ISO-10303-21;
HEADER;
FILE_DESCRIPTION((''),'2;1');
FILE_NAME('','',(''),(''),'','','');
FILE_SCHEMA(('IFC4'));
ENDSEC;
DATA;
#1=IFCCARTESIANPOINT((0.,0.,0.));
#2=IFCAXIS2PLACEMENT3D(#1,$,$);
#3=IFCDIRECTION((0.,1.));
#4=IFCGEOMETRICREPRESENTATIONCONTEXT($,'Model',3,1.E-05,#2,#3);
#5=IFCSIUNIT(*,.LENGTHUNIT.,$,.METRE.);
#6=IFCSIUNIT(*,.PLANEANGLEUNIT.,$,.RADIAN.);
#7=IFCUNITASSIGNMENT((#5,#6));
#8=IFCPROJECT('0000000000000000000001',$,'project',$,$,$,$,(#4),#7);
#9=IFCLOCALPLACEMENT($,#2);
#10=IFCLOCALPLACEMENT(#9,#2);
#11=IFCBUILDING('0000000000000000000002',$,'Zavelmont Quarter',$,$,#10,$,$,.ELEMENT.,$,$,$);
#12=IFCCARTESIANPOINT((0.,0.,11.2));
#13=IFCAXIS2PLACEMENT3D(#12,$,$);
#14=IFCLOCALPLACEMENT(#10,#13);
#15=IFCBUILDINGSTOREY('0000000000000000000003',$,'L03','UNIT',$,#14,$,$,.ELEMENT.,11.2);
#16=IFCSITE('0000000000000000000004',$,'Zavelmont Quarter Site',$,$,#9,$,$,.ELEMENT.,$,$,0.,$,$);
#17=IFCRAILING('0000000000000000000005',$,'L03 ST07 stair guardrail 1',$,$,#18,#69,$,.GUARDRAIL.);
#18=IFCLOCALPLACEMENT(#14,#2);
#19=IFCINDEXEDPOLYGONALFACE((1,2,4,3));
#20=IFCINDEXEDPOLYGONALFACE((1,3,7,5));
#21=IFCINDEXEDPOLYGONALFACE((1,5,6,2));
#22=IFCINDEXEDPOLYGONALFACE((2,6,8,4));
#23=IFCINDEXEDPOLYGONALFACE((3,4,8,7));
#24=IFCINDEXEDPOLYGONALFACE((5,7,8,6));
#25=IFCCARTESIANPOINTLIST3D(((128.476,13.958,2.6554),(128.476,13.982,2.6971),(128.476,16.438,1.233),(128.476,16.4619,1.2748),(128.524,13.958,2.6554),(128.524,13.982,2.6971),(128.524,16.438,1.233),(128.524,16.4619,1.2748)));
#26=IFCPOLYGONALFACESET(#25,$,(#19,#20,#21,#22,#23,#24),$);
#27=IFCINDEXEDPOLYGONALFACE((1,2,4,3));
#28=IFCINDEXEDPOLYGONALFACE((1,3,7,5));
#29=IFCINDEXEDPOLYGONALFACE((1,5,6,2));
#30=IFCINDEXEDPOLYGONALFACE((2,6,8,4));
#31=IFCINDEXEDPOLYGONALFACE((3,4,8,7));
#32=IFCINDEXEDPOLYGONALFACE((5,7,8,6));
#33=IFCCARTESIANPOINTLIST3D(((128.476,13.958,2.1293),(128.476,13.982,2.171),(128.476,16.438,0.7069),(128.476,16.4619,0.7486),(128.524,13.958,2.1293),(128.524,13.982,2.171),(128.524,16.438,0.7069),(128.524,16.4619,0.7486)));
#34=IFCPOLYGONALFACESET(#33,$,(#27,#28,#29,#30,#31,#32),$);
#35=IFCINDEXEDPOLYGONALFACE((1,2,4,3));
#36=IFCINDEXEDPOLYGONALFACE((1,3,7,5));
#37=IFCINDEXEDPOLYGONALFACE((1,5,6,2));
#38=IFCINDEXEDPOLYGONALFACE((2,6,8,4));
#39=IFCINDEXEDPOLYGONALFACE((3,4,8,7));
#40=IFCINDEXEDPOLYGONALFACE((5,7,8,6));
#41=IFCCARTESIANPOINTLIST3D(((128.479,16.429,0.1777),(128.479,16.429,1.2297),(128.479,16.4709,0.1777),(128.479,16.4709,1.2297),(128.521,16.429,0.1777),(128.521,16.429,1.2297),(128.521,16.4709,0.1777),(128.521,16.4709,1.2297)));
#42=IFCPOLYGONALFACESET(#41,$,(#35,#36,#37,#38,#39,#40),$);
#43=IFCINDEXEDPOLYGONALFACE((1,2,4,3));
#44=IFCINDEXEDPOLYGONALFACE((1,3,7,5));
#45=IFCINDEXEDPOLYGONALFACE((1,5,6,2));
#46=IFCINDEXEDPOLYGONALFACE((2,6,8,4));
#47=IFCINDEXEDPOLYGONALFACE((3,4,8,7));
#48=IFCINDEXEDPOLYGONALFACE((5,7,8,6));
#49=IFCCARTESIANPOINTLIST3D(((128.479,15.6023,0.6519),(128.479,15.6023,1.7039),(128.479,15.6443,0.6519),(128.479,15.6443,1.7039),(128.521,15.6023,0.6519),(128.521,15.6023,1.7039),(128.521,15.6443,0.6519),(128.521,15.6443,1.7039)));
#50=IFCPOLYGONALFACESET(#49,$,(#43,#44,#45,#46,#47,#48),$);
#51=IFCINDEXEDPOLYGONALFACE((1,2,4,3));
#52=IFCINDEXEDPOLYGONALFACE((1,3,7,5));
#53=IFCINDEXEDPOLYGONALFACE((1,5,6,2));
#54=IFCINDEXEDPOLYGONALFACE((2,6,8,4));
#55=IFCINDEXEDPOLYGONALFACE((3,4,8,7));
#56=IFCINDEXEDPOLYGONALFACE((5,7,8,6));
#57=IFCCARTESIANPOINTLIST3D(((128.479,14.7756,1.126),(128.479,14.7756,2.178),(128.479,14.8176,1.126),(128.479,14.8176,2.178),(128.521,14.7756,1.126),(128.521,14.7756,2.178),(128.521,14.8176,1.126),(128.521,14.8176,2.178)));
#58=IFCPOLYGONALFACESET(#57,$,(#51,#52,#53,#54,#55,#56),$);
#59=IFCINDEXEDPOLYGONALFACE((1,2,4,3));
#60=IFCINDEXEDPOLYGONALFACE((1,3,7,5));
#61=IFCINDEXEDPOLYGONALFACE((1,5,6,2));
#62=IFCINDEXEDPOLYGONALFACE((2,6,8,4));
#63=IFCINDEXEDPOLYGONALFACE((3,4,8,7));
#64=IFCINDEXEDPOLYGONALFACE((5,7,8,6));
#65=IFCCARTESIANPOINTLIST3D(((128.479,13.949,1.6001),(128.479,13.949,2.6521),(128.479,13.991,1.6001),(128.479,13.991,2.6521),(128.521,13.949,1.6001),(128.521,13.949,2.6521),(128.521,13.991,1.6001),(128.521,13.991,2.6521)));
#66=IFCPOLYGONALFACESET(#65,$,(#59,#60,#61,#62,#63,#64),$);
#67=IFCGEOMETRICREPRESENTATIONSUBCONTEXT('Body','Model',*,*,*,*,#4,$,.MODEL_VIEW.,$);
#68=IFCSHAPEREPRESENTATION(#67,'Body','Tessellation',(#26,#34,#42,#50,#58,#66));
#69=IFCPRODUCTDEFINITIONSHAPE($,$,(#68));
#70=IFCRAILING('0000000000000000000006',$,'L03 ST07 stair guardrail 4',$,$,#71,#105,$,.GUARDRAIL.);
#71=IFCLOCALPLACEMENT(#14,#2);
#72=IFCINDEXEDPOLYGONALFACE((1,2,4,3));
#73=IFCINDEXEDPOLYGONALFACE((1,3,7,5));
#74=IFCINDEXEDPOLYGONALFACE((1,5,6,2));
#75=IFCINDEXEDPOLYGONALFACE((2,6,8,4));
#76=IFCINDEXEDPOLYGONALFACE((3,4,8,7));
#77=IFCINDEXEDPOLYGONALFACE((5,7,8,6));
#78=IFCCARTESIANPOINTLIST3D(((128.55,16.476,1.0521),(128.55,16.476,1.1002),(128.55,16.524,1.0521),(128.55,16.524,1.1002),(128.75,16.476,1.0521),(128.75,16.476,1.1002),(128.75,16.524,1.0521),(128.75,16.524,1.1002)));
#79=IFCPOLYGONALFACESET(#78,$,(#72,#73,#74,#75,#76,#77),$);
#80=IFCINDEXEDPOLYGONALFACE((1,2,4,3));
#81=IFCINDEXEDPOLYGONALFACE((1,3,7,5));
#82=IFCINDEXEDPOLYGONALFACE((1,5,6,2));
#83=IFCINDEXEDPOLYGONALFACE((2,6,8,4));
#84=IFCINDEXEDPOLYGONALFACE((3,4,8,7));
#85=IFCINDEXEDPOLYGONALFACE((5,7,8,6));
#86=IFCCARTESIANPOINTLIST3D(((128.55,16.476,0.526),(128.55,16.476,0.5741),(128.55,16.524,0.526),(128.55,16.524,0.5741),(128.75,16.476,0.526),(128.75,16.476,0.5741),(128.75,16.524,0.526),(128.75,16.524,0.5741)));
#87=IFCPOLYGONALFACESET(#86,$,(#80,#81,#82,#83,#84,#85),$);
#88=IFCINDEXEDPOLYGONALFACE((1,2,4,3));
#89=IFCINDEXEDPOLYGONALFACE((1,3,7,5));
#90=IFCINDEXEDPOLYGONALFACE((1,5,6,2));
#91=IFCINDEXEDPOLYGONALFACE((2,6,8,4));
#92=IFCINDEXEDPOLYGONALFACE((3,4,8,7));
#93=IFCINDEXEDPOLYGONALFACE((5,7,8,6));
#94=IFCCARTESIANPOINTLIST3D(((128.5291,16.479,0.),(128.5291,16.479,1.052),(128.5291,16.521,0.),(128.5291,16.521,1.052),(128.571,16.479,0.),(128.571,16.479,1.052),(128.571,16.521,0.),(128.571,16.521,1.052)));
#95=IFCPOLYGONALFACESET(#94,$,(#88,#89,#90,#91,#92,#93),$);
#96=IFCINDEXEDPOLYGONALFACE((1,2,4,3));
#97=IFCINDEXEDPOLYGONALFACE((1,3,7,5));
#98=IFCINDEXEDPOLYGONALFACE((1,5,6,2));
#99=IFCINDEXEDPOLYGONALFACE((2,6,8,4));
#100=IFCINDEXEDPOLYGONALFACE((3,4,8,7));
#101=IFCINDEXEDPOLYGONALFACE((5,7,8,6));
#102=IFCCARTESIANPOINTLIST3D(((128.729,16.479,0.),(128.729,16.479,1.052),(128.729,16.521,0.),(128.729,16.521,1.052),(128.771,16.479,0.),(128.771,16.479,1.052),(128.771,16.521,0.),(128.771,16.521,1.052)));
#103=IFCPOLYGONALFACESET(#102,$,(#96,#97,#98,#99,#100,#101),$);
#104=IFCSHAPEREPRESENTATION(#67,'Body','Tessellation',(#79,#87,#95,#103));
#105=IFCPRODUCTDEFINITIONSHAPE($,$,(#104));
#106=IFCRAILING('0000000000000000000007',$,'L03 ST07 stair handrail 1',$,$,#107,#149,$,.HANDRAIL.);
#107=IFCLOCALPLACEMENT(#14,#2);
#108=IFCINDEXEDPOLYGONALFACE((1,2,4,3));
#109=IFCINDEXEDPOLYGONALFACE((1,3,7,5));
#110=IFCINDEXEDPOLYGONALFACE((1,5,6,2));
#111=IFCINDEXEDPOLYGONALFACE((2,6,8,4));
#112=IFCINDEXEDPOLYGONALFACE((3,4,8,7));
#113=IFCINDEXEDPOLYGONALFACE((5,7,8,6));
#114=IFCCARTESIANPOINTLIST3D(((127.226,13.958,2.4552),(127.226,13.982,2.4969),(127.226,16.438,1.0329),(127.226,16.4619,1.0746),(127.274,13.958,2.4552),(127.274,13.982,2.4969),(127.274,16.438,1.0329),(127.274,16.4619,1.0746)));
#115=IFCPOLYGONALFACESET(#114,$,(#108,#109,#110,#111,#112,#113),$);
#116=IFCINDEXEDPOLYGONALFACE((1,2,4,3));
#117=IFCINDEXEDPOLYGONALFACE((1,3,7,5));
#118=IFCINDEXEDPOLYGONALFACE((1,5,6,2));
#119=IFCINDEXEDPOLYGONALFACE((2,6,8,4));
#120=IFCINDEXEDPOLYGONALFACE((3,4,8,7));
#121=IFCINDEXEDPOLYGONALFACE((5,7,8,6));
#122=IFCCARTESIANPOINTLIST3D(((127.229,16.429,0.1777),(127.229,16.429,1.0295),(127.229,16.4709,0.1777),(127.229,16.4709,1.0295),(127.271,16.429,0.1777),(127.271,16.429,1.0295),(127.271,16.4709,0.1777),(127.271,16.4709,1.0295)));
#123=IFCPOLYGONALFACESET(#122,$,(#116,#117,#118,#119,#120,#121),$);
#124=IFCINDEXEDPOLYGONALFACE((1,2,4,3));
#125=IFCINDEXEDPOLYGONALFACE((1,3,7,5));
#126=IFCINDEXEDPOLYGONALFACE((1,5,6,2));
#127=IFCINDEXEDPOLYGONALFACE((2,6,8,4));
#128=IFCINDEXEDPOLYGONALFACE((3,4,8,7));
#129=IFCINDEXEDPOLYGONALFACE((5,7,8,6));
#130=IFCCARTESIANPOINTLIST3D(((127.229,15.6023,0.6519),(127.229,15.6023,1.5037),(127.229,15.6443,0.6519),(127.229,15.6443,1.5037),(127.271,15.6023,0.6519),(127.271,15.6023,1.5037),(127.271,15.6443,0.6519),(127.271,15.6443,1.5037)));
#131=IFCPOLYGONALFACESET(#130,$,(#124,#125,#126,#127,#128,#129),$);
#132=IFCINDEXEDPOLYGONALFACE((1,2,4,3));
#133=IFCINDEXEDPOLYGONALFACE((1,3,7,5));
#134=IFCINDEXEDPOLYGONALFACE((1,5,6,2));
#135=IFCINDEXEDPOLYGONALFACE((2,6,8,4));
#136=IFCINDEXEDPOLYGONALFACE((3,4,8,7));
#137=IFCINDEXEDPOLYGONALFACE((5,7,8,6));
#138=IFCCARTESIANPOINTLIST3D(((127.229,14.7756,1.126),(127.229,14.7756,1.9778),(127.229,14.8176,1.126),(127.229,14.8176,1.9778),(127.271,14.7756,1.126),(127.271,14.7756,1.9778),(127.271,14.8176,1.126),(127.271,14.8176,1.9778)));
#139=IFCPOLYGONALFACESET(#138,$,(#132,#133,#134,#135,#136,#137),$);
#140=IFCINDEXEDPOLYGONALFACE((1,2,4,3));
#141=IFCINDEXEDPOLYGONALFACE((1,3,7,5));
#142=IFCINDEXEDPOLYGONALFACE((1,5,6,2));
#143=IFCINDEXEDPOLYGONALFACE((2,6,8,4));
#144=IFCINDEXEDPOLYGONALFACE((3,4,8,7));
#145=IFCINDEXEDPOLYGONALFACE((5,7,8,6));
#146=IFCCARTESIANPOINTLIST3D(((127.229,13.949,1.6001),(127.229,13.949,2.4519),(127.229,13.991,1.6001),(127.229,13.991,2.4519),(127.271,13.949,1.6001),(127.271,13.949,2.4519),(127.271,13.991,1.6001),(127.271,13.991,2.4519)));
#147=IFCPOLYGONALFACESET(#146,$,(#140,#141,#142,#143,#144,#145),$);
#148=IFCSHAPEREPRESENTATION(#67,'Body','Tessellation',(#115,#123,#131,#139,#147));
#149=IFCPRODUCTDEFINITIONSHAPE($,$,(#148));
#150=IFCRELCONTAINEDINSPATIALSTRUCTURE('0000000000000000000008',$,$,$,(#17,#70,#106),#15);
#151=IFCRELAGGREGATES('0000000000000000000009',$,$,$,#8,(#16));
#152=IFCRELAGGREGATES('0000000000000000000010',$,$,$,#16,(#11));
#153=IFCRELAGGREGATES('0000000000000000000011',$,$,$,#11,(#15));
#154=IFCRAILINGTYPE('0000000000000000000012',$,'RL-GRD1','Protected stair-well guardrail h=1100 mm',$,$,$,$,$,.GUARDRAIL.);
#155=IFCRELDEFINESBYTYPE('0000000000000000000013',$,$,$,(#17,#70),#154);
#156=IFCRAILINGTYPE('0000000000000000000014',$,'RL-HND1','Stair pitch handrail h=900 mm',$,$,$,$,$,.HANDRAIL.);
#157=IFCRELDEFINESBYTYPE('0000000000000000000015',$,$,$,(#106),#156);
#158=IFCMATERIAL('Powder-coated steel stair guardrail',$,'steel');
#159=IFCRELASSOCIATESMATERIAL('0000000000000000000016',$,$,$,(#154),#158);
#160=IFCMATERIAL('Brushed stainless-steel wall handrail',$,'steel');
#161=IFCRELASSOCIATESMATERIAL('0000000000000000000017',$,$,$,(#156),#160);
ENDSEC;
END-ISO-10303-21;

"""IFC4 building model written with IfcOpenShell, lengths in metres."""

from ifc_helpers import new_model, si_unit, direction, frame, origin, origin_2d, place, context, subcontext, project, spatial, rectangle, extrude, material, type_object, element, save


model = new_model("IFC4")

# Units and contexts
model_context = context("Model", 3, precision=1e-05, world=origin(), true_north=direction((0.0, 1.0)))
body_context = subcontext(model_context, "Body", "Model", "MODEL_VIEW")
ifc_project = project(units=[si_unit("LENGTHUNIT", "METRE"), si_unit("PLANEANGLEUNIT", "RADIAN")], contexts=[model_context])

# Site, building, storey
site_placement = place(None, origin())
site = spatial("IfcSite", under=ifc_project, at=site_placement, Name="Zavelmont Quarter Site", CompositionType="ELEMENT", RefElevation=0.0)
building_placement = place(site_placement, origin())
building = spatial("IfcBuilding", under=site, at=building_placement, Name="Zavelmont Quarter", CompositionType="ELEMENT")
storey_placement = place(building_placement, frame((0.0, 0.0, 11.2)))
storey = spatial("IfcBuildingStorey", under=building, at=storey_placement, Name="L03", Description="UNIT", CompositionType="ELEMENT", Elevation=11.2)

# Railings
ifc_material_1 = material(Name="Powder-coated steel stair guardrail", Category="steel")
railing_type_1 = type_object("IfcRailingType", Name="RL-GRD1", Description="Protected stair-well guardrail h=1100 mm", PredefinedType="GUARDRAIL", material=ifc_material_1)
railing_1_placement = place(storey_placement, frame((128.5, 16.45, 0.1777)))
element("IfcRailing", 1, at=railing_1_placement, inside=storey, type_object=railing_type_1, Name="L03 ST07 stair guardrail 1", PredefinedType="GUARDRAIL", context=body_context, shape_type="SweptSolid", body=[
    extrude(rectangle(XDim=0.0481, YDim=0.0481, at=origin_2d()), frame((0.0, 0.0, 1.0762), z_axis=(0.0, -0.867454, 0.497518), x_axis=(1.0, 0.0, 0.0)), (0.0, 0.0, 1.0), 2.8589),
    extrude(rectangle(XDim=0.0481, YDim=0.0481, at=origin_2d()), frame((0.0, 0.0, 0.55), z_axis=(0.0, -0.867454, 0.497518), x_axis=(1.0, 0.0, 0.0)), (0.0, 0.0, 1.0), 2.8589),
    extrude(rectangle(XDim=0.042, YDim=0.042, at=origin_2d()), origin(), (0.0, 0.0, 1.0), 1.052),
    extrude(rectangle(XDim=0.042, YDim=0.042, at=origin_2d()), frame((0.0, -0.8267, 0.4741)), (0.0, 0.0, 1.0), 1.052),
    extrude(rectangle(XDim=0.042, YDim=0.042, at=origin_2d()), frame((0.0, -1.6533, 0.9482)), (0.0, 0.0, 1.0), 1.052),
    extrude(rectangle(XDim=0.042, YDim=0.042, at=origin_2d()), frame((0.0, -2.48, 1.4224)), (0.0, 0.0, 1.0), 1.052),
])
railing_2_placement = place(storey_placement, frame((128.55, 16.5, 0.0)))
element("IfcRailing", 2, at=railing_2_placement, inside=storey, type_object=railing_type_1, Name="L03 ST07 stair guardrail 4", PredefinedType="GUARDRAIL", context=body_context, shape_type="SweptSolid", body=[
    extrude(rectangle(XDim=0.0481, YDim=0.0481, at=origin_2d()), frame((0.0, 0.0, 1.0762), z_axis=(1.0, 0.0, 0.0), x_axis=(0.0, 1.0, 0.0)), (0.0, 0.0, 1.0), 0.2),
    extrude(rectangle(XDim=0.0481, YDim=0.0481, at=origin_2d()), frame((0.0, 0.0, 0.55), z_axis=(1.0, 0.0, 0.0), x_axis=(0.0, 1.0, 0.0)), (0.0, 0.0, 1.0), 0.2),
    extrude(rectangle(XDim=0.042, YDim=0.042, at=origin_2d()), origin(), (0.0, 0.0, 1.0), 1.052),
    extrude(rectangle(XDim=0.042, YDim=0.042, at=origin_2d()), frame((0.2, 0.0, 0.0)), (0.0, 0.0, 1.0), 1.052),
])
ifc_material_2 = material(Name="Brushed stainless-steel wall handrail", Category="steel")
railing_type_2 = type_object("IfcRailingType", Name="RL-HND1", Description="Stair pitch handrail h=900 mm", PredefinedType="HANDRAIL", material=ifc_material_2)
railing_3_placement = place(storey_placement, frame((127.25, 16.45, 0.1777)))
element("IfcRailing", 3, at=railing_3_placement, inside=storey, type_object=railing_type_2, Name="L03 ST07 stair handrail 1", PredefinedType="HANDRAIL", context=body_context, shape_type="SweptSolid", body=[
    extrude(rectangle(XDim=0.0481, YDim=0.0481, at=origin_2d()), frame((0.0, 0.0, 0.876), z_axis=(0.0, -0.867454, 0.497518), x_axis=(1.0, 0.0, 0.0)), (0.0, 0.0, 1.0), 2.8589),
    extrude(rectangle(XDim=0.042, YDim=0.042, at=origin_2d()), origin(), (0.0, 0.0, 1.0), 0.8518),
    extrude(rectangle(XDim=0.042, YDim=0.042, at=origin_2d()), frame((0.0, -0.8267, 0.4741)), (0.0, 0.0, 1.0), 0.8518),
    extrude(rectangle(XDim=0.042, YDim=0.042, at=origin_2d()), frame((0.0, -1.6533, 0.9482)), (0.0, 0.0, 1.0), 0.8518),
    extrude(rectangle(XDim=0.042, YDim=0.042, at=origin_2d()), frame((0.0, -2.48, 1.4224)), (0.0, 0.0, 1.0), 0.8518),
])

save(model, "model.ifc")
